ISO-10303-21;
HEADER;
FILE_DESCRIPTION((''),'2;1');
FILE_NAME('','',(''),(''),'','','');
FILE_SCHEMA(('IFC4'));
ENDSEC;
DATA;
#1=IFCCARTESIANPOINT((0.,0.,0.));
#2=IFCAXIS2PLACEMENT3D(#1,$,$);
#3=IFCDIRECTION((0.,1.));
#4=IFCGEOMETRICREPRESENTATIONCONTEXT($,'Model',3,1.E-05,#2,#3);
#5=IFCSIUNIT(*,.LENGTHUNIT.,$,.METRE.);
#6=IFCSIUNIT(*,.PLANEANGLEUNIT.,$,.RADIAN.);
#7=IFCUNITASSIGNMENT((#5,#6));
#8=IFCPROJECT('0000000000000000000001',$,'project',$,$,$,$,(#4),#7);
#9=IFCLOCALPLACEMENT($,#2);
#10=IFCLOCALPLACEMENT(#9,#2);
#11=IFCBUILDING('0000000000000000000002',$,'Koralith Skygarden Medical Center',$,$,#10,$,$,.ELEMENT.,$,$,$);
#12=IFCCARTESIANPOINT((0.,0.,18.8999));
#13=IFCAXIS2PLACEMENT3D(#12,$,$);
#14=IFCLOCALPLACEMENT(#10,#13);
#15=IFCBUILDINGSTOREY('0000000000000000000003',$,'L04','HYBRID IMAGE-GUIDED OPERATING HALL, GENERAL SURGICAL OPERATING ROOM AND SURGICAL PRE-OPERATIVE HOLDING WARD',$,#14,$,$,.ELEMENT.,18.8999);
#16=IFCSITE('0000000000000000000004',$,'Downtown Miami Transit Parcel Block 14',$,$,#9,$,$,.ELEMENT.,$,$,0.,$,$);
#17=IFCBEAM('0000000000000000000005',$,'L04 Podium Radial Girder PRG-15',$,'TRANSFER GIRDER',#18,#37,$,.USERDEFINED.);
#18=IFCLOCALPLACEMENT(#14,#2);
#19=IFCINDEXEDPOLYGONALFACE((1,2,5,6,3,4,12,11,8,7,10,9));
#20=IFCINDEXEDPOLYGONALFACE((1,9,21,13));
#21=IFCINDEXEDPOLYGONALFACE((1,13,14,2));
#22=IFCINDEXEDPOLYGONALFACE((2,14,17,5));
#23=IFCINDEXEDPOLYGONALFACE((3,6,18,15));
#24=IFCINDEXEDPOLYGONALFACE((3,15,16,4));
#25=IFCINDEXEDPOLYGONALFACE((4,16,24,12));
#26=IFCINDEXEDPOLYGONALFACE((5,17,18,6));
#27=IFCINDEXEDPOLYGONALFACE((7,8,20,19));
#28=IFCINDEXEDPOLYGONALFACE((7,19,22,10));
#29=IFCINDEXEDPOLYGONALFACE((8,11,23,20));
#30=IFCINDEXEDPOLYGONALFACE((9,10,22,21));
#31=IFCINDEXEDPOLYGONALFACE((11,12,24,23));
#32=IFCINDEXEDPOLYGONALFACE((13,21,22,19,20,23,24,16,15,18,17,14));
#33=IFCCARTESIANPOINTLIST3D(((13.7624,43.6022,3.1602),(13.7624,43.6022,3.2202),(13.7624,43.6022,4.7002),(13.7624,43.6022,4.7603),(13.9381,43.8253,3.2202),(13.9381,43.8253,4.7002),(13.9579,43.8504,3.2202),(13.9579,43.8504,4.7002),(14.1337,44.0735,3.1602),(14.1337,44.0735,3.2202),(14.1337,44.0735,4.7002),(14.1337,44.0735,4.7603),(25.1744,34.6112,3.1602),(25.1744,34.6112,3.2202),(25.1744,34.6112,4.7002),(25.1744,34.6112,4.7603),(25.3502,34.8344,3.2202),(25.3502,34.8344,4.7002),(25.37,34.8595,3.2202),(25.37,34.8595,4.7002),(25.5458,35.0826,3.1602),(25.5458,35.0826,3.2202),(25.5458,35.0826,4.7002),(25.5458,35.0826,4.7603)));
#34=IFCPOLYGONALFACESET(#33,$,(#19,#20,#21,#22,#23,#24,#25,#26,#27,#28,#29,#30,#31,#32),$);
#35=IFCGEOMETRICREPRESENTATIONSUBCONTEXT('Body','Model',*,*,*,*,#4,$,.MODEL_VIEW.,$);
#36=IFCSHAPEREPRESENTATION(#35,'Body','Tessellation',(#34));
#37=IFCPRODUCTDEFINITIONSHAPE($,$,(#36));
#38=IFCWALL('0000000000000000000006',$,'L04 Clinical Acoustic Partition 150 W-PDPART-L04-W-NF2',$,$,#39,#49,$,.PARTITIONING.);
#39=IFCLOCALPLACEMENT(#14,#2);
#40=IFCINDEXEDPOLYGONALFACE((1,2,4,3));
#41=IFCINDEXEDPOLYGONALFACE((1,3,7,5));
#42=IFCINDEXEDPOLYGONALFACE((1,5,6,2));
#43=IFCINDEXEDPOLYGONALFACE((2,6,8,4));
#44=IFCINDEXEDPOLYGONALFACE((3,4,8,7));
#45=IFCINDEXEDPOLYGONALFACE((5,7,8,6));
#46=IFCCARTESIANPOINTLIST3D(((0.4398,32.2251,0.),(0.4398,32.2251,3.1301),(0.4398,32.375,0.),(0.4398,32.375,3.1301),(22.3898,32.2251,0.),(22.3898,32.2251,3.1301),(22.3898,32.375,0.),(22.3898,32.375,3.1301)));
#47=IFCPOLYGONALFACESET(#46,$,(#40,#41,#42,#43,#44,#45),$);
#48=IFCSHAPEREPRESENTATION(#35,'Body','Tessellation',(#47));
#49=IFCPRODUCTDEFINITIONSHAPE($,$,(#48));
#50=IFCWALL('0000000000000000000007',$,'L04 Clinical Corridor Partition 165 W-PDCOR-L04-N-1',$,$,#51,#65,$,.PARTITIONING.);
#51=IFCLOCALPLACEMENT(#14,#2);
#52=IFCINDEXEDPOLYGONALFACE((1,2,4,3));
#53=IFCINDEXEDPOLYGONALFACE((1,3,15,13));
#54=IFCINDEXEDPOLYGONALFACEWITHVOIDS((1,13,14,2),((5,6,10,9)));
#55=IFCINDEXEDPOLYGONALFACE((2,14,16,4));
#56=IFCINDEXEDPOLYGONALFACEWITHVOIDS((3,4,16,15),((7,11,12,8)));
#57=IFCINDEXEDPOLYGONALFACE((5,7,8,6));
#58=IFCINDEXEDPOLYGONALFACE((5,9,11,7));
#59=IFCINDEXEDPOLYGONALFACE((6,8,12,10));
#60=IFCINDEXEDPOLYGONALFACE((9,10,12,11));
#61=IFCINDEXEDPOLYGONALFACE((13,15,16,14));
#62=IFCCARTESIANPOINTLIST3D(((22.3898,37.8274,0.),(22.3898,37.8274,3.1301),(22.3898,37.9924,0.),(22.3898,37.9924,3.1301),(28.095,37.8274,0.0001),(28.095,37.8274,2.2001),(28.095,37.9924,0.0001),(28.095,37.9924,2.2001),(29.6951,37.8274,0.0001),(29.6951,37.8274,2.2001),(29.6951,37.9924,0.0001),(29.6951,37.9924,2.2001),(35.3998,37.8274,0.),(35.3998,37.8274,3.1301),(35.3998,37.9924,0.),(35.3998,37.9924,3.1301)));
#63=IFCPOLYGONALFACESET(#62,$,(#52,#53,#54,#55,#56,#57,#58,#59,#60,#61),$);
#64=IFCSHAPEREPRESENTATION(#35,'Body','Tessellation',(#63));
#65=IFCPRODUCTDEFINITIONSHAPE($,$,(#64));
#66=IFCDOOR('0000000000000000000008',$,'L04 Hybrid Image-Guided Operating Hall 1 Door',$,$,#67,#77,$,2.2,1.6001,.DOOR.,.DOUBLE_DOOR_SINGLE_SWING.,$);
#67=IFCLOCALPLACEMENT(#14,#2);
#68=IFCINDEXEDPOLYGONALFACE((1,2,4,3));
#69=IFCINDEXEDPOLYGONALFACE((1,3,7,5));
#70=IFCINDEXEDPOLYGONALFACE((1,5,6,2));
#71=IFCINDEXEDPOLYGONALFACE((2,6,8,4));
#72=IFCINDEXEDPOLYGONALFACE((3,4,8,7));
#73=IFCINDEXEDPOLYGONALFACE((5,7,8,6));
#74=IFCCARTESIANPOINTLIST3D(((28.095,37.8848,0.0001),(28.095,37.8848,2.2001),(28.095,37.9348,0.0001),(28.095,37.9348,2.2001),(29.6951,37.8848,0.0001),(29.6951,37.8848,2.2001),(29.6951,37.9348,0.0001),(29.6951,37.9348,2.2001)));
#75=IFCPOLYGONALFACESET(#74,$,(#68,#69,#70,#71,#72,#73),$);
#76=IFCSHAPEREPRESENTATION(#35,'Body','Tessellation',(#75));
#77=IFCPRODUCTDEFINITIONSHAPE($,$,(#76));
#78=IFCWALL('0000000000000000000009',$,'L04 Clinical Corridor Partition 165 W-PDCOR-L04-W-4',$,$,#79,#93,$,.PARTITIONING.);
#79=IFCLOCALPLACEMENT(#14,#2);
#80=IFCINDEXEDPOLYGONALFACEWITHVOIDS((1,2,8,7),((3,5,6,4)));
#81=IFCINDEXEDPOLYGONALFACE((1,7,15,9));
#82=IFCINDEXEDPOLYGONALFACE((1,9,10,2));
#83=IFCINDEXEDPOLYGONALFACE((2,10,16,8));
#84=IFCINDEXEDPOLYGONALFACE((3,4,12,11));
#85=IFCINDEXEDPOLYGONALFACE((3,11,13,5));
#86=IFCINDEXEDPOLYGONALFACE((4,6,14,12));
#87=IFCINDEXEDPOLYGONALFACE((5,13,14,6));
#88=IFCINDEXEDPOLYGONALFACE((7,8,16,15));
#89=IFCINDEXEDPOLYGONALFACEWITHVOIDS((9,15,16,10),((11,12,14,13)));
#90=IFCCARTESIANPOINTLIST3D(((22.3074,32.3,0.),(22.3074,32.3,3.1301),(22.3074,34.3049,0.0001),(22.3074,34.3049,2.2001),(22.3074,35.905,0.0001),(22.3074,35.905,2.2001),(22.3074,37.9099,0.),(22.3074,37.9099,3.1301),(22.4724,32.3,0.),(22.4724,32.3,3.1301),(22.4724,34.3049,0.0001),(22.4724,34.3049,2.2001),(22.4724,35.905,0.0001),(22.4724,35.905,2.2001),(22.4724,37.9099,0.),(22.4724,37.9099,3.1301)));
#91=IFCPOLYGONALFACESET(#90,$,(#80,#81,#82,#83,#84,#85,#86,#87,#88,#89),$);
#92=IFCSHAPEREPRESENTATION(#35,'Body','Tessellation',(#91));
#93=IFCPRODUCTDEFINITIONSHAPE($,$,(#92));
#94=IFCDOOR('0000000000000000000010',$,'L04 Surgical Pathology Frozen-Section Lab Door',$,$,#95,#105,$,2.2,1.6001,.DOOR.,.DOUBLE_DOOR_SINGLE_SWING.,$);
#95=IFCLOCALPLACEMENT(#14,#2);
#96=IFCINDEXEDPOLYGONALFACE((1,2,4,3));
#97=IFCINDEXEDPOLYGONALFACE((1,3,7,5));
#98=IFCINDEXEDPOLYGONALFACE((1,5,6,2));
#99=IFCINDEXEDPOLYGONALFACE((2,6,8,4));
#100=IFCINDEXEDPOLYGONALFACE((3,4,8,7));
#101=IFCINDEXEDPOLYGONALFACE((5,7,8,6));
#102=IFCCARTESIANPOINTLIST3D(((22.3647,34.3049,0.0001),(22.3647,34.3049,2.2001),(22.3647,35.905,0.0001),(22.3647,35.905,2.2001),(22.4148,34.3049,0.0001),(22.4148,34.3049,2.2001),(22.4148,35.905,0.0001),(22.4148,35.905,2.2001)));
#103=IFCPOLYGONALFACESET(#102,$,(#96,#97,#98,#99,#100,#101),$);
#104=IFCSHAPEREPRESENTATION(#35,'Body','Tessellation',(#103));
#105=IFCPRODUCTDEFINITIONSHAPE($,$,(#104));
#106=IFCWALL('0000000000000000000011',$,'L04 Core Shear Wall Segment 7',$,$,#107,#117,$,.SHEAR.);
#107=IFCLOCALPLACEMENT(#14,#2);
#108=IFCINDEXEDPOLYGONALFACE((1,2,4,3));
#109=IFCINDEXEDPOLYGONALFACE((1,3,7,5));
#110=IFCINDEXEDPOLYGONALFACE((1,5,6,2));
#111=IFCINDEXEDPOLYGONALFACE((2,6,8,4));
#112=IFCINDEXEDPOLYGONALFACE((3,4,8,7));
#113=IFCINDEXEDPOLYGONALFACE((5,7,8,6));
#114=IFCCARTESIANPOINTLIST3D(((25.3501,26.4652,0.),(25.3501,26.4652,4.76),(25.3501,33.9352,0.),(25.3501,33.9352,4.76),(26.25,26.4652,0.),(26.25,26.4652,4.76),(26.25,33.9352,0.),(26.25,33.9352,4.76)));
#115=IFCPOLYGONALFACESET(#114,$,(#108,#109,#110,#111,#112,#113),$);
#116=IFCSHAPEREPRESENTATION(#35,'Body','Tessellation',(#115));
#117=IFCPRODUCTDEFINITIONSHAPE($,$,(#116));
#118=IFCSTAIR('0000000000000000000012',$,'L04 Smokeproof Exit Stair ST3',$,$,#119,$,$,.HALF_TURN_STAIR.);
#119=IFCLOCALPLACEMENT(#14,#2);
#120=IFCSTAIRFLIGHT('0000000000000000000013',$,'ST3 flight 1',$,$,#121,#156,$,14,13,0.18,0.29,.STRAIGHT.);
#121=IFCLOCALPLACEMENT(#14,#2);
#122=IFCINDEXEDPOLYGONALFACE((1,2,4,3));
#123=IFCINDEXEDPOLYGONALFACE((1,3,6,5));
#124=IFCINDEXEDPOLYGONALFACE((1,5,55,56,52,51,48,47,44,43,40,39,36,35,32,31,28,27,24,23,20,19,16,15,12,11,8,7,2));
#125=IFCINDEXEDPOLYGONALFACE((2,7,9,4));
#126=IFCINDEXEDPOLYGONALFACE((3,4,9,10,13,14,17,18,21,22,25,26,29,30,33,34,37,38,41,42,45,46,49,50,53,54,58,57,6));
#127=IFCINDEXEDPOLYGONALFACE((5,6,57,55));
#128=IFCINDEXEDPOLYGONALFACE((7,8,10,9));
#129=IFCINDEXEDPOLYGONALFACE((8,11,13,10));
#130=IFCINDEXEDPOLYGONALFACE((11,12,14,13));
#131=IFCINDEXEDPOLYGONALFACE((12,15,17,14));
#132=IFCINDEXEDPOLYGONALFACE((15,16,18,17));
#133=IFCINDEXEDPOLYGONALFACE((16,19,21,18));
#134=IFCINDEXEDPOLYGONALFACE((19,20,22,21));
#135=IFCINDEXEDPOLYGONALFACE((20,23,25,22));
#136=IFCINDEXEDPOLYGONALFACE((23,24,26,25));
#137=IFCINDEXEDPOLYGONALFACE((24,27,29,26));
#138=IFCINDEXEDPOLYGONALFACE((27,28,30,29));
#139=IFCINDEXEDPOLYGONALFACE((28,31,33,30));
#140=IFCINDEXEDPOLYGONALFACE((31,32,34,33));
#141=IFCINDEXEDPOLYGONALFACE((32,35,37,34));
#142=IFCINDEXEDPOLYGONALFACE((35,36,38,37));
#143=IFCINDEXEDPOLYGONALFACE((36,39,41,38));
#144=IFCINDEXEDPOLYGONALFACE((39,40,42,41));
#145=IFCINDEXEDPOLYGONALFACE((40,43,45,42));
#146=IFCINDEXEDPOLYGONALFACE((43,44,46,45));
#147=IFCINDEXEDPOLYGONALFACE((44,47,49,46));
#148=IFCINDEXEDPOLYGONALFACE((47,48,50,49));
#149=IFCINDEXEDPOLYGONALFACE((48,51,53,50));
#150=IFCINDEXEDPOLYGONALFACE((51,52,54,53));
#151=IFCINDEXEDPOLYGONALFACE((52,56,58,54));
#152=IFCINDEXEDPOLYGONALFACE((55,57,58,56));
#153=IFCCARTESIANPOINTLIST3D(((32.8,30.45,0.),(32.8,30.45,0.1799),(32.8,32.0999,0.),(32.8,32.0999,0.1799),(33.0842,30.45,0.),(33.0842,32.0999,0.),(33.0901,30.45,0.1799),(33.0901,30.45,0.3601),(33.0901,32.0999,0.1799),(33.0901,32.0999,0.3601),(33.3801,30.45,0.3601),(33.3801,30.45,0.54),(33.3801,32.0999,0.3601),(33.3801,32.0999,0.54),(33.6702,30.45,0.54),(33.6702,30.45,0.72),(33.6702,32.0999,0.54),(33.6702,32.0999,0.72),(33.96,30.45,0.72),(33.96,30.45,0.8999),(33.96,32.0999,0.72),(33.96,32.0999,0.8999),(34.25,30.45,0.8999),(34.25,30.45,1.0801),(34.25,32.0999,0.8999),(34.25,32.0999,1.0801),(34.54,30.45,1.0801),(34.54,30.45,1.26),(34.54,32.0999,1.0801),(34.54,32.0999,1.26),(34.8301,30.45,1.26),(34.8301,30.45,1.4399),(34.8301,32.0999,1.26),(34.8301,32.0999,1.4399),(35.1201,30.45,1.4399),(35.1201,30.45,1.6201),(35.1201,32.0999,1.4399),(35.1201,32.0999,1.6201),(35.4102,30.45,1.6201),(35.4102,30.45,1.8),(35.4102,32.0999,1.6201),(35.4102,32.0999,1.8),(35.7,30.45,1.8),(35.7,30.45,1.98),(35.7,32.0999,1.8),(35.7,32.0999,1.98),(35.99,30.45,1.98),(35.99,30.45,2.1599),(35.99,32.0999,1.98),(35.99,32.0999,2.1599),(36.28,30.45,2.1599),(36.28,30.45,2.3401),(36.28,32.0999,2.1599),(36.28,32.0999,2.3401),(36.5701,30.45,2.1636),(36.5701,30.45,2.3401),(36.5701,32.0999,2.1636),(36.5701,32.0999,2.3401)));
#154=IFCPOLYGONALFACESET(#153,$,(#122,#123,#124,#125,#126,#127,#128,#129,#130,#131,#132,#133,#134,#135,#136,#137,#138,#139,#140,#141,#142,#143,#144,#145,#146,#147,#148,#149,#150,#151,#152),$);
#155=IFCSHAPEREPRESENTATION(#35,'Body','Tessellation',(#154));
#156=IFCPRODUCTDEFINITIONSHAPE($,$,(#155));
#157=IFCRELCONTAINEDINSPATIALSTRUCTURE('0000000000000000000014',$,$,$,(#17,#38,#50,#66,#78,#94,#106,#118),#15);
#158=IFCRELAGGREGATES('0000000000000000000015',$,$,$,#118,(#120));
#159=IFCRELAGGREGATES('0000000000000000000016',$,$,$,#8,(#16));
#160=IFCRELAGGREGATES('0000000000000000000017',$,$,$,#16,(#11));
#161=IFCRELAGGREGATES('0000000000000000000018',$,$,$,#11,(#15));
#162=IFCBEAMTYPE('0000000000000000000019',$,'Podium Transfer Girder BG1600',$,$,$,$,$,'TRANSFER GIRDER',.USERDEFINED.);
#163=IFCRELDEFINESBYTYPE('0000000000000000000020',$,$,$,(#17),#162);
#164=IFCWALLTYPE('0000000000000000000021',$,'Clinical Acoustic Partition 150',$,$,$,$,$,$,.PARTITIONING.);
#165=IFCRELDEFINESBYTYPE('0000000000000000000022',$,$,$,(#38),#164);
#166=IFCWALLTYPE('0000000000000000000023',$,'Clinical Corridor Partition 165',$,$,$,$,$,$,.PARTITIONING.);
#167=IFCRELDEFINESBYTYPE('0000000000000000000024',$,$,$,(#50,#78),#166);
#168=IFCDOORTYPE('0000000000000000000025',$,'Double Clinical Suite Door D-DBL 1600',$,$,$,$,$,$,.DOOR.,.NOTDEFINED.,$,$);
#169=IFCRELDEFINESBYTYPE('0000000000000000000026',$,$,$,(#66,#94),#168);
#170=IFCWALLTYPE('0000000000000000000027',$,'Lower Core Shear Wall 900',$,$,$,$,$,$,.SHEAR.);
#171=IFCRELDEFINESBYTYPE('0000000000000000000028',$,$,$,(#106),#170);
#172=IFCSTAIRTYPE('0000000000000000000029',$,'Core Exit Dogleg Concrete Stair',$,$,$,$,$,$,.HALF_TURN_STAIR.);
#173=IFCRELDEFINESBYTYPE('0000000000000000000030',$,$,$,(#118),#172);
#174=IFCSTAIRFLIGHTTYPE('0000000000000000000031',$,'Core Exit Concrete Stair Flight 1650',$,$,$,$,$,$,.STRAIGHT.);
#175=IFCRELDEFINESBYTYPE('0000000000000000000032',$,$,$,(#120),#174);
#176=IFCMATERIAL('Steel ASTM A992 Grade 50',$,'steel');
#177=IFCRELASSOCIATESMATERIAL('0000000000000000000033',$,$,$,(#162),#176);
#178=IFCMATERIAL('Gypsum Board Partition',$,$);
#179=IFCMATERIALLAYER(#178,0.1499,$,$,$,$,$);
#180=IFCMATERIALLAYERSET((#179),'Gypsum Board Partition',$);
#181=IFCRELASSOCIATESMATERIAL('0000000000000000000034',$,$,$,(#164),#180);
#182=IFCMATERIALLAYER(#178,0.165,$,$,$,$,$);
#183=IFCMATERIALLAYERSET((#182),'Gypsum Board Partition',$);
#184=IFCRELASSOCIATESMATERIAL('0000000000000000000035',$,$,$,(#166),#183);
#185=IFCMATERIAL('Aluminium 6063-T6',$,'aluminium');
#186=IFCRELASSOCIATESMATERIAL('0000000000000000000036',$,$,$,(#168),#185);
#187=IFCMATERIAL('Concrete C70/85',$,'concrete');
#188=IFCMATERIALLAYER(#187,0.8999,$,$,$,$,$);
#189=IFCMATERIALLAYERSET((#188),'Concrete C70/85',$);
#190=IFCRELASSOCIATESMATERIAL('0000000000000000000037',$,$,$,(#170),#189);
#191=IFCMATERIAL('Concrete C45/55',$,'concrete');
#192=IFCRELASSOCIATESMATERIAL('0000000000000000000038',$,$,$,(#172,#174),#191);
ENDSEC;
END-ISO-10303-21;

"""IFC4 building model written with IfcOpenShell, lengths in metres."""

from ifc_helpers import new_model, si_unit, direction, frame, frame_2d, origin, origin_2d, place, context, subcontext, project, spatial, polyline, rectangle, i_section, outline, extrude, material, layer, layer_set, material_profile, profile_set, type_object, element, fill, aggregate, save


model = new_model("IFC4")

# Units and contexts
model_context = context("Model", 3, precision=1e-05, world=origin(), true_north=direction((0.0, 1.0)))
body_context = subcontext(model_context, "Body", "Model", "MODEL_VIEW")
ifc_project = project(units=[si_unit("LENGTHUNIT", "METRE"), si_unit("PLANEANGLEUNIT", "RADIAN")], contexts=[model_context])

# Site, building, storey
site_placement = place(None, origin())
site = spatial("IfcSite", under=ifc_project, at=site_placement, Name="Downtown Miami Transit Parcel Block 14", CompositionType="ELEMENT", RefElevation=0.0)
building_placement = place(site_placement, origin())
building = spatial("IfcBuilding", under=site, at=building_placement, Name="Koralith Skygarden Medical Center", CompositionType="ELEMENT")
storey_placement = place(building_placement, frame((0.0, 0.0, 18.8999)))
storey = spatial("IfcBuildingStorey", under=building, at=storey_placement, Name="L04", Description="HYBRID IMAGE-GUIDED OPERATING HALL, GENERAL SURGICAL OPERATING ROOM AND SURGICAL PRE-OPERATIVE HOLDING WARD", CompositionType="ELEMENT", Elevation=18.8999)

# Shared definitions
ifc_material_1 = material(Name="Concrete C70/85", Category="concrete")

# Shared definitions
ifc_material_2 = material(Name="Aluminium 6063-T6", Category="aluminium")

# Beam
ifc_material_3 = material(Name="Steel ASTM A992 Grade 50", Category="steel")
ifc_material_4 = material(Name="Concrete C45/55", Category="concrete")
ifc_material_profile_1 = material_profile(ifc_material_3, i_section(OverallWidth=0.6001, OverallDepth=1.6001, WebThickness=0.032, FlangeThickness=0.0601, at=origin_2d()), Name="BG1600X600X60X32")
ifc_profile_set_1 = profile_set([ifc_material_profile_1], Name="Steel ASTM A992 Grade 50")
beam_type_1 = type_object("IfcBeamType", Name="Podium Transfer Girder BG1600", ElementType="TRANSFER GIRDER", PredefinedType="USERDEFINED", material=ifc_profile_set_1)
beam_1_placement = place(storey_placement, frame((25.3601, 34.8469, 3.9602), z_axis=(-0.785505, 0.618856, 0.0), x_axis=(-0.618856, -0.785505, 0.0)))
element("IfcBeam", 1, at=beam_1_placement, inside=storey, type_object=beam_type_1, Name="L04 Podium Radial Girder PRG-15", ObjectType="TRANSFER GIRDER", PredefinedType="USERDEFINED", context=body_context, shape_type="SweptSolid", body=[
    extrude(i_section(OverallWidth=0.6001, OverallDepth=1.6001, WebThickness=0.032, FlangeThickness=0.0601, at=origin_2d()), origin(), (0.0, 0.0, 1.0), 14.5283),
])

# Wall
ifc_material_5 = material(Name="Gypsum Board Partition")
ifc_layer_1 = layer(ifc_material_5, 0.1499)
ifc_layer_set_1 = layer_set([ifc_layer_1], Name="Gypsum Board Partition")
wall_type_1 = type_object("IfcWallType", Name="Clinical Acoustic Partition 150", PredefinedType="PARTITIONING", material=ifc_layer_set_1)
wall_1_placement = place(storey_placement, frame((22.3899, 32.3, 0.0), z_axis=(0.0, 0.0, 1.0), x_axis=(-1.0, 0.0, 0.0)))
element("IfcWall", 2, at=wall_1_placement, inside=storey, type_object=wall_type_1, Name="L04 Clinical Acoustic Partition 150 W-PDPART-L04-W-NF2", PredefinedType="PARTITIONING", context=body_context, shape_type="SweptSolid", body=[
    extrude(rectangle(XDim=21.95, YDim=0.1499, at=frame_2d((10.9751, 0.0))), origin(), (0.0, 0.0, 1.0), 3.1301),
])

# Walls, openings, doors
ifc_layer_2 = layer(ifc_material_5, 0.165)
ifc_layer_set_2 = layer_set([ifc_layer_2], Name="Gypsum Board Partition")
wall_type_2 = type_object("IfcWallType", Name="Clinical Corridor Partition 165", PredefinedType="PARTITIONING", material=ifc_layer_set_2)
wall_2_placement = place(storey_placement, frame((22.3899, 37.9099, 0.0), z_axis=(0.0, 0.0, 1.0), x_axis=(1.0, 0.0, 0.0)))
wall_2 = element("IfcWall", 3, at=wall_2_placement, inside=storey, type_object=wall_type_2, Name="L04 Clinical Corridor Partition 165 W-PDCOR-L04-N-1", PredefinedType="PARTITIONING", context=body_context, shape_type="SweptSolid", body=[
    extrude(rectangle(XDim=13.01, YDim=0.165, at=frame_2d((6.5049, 0.0))), origin(), (0.0, 0.0, 1.0), 3.1301),
])
opening_1_placement = place(wall_2_placement, frame((5.7051, 0.0, 0.0)))
opening_1 = element("IfcOpeningElement", 4, at=opening_1_placement, cuts=wall_2, PredefinedType="OPENING", context=body_context, shape_type="SweptSolid", body=[
    extrude(rectangle(XDim=1.6001, YDim=2.2, at=frame_2d((0.8, 1.1001))), frame((0.0, 0.0925, 0.0), z_axis=(0.0, -1.0, 0.0), x_axis=(1.0, 0.0, 0.0)), (0.0, 0.0, 1.0), 0.1851),
])
door_type = type_object("IfcDoorType", Name="Double Clinical Suite Door D-DBL 1600", OperationType="NOTDEFINED", PredefinedType="DOOR", material=ifc_material_2)
door_1_placement = place(opening_1_placement, origin())
door_1 = element("IfcDoor", 5, at=door_1_placement, inside=storey, type_object=door_type, Name="L04 Hybrid Image-Guided Operating Hall 1 Door", OperationType="DOUBLE_DOOR_SINGLE_SWING", OverallHeight=2.2, OverallWidth=1.6001, PredefinedType="DOOR", context=body_context, shape_type="SweptSolid", body=[
    extrude(rectangle(XDim=1.6001, YDim=2.2, at=frame_2d((0.8, 1.1001))), frame((0.0, 0.0249, 0.0), z_axis=(0.0, -1.0, 0.0), x_axis=(1.0, 0.0, 0.0)), (0.0, 0.0, 1.0), 0.05),
])
fill(opening_1, door_1)
wall_3_placement = place(storey_placement, frame((22.3899, 32.3, 0.0), z_axis=(0.0, 0.0, 1.0), x_axis=(0.0, 1.0, 0.0)))
wall_3 = element("IfcWall", 6, at=wall_3_placement, inside=storey, type_object=wall_type_2, Name="L04 Clinical Corridor Partition 165 W-PDCOR-L04-W-4", PredefinedType="PARTITIONING", context=body_context, shape_type="SweptSolid", body=[
    extrude(rectangle(XDim=5.6099, YDim=0.165, at=frame_2d((2.8049, 0.0))), origin(), (0.0, 0.0, 1.0), 3.1301),
])
opening_2_placement = place(wall_3_placement, frame((2.0049, 0.0, 0.0)))
opening_2 = element("IfcOpeningElement", 7, at=opening_2_placement, cuts=wall_3, PredefinedType="OPENING", context=body_context, shape_type="SweptSolid", body=[
    extrude(rectangle(XDim=1.6001, YDim=2.2, at=frame_2d((0.8, 1.1001))), frame((0.0, 0.0925, 0.0), z_axis=(0.0, -1.0, 0.0), x_axis=(1.0, 0.0, 0.0)), (0.0, 0.0, 1.0), 0.1851),
])
door_2_placement = place(opening_2_placement, frame((1.6001, 0.0, 0.0), z_axis=(0.0, 0.0, 1.0), x_axis=(-1.0, 0.0, 0.0)))
door_2 = element("IfcDoor", 8, at=door_2_placement, inside=storey, type_object=door_type, Name="L04 Surgical Pathology Frozen-Section Lab Door", OperationType="DOUBLE_DOOR_SINGLE_SWING", OverallHeight=2.2, OverallWidth=1.6001, PredefinedType="DOOR", context=body_context, shape_type="SweptSolid", body=[
    extrude(rectangle(XDim=1.6001, YDim=2.2, at=frame_2d((0.8, 1.1001))), frame((0.0, 0.0249, 0.0), z_axis=(0.0, -1.0, 0.0), x_axis=(1.0, 0.0, 0.0)), (0.0, 0.0, 1.0), 0.05),
])
fill(opening_2, door_2)

# Wall
ifc_layer_3 = layer(ifc_material_1, 0.8999)
ifc_layer_set_3 = layer_set([ifc_layer_3], Name="Concrete C70/85")
wall_type_3 = type_object("IfcWallType", Name="Lower Core Shear Wall 900", PredefinedType="SHEAR", material=ifc_layer_set_3)
wall_4_placement = place(storey_placement, frame((25.8, 33.9351, 0.0), z_axis=(0.0, 0.0, 1.0), x_axis=(0.0, -1.0, 0.0)))
element("IfcWall", 9, at=wall_4_placement, inside=storey, type_object=wall_type_3, Name="L04 Core Shear Wall Segment 7", PredefinedType="SHEAR", context=body_context, shape_type="SweptSolid", body=[
    extrude(rectangle(XDim=7.47, YDim=0.8999, at=frame_2d((3.7349, 0.0))), origin(), (0.0, 0.0, 1.0), 4.76),
])

# Stair, stair flight
stair_type = type_object("IfcStairType", Name="Core Exit Dogleg Concrete Stair", PredefinedType="HALF_TURN_STAIR", material=ifc_material_4)
stair_placement = place(storey_placement, origin())
stair = element("IfcStair", 10, at=stair_placement, inside=storey, type_object=stair_type, Name="L04 Smokeproof Exit Stair ST3", PredefinedType="HALF_TURN_STAIR")
stair_flight_type = type_object("IfcStairFlightType", Name="Core Exit Concrete Stair Flight 1650", PredefinedType="STRAIGHT", material=ifc_material_4)
stair_flight_placement = place(storey_placement, frame((32.8, 31.2749, 0.0), z_axis=(0.0, 0.0, 1.0), x_axis=(1.0, 0.0, 0.0)))
stair_flight = element("IfcStairFlight", 11, at=stair_flight_placement, type_object=stair_flight_type, Name="ST3 flight 1", NumberOfRisers=14, NumberOfTreads=13, PredefinedType="STRAIGHT", RiserHeight=0.18, TreadLength=0.29, context=body_context, shape_type="SweptSolid", body=[
    extrude(outline(polyline([(0.0, 0.0), (0.0, 0.1799), (0.29, 0.1799), (0.29, 0.3601), (0.5801, 0.3601), (0.5801, 0.54), (0.8701, 0.54), (0.8701, 0.72), (1.1599, 0.72), (1.1599, 0.8999), (1.45, 0.8999), (1.45, 1.0801), (1.74, 1.0801), (1.74, 1.26), (2.03, 1.26), (2.03, 1.4399), (2.3201, 1.4399), (2.3201, 1.6201), (2.6101, 1.6201), (2.6101, 1.8), (2.8999, 1.8), (2.8999, 1.98), (3.1899, 1.98), (3.1899, 2.1599), (3.48, 2.1599), (3.48, 2.3401), (3.77, 2.3401), (3.77, 2.52), (3.77, 2.1636), (0.2842, 0.0), (0.0, 0.0)])), frame((0.0, 0.825, 0.0), z_axis=(0.0, -1.0, 0.0), x_axis=(1.0, 0.0, 0.0)), (0.0, 0.0, 1.0), 1.6499),
])
aggregate(stair, [stair_flight])

save(model, "model.ifc")
